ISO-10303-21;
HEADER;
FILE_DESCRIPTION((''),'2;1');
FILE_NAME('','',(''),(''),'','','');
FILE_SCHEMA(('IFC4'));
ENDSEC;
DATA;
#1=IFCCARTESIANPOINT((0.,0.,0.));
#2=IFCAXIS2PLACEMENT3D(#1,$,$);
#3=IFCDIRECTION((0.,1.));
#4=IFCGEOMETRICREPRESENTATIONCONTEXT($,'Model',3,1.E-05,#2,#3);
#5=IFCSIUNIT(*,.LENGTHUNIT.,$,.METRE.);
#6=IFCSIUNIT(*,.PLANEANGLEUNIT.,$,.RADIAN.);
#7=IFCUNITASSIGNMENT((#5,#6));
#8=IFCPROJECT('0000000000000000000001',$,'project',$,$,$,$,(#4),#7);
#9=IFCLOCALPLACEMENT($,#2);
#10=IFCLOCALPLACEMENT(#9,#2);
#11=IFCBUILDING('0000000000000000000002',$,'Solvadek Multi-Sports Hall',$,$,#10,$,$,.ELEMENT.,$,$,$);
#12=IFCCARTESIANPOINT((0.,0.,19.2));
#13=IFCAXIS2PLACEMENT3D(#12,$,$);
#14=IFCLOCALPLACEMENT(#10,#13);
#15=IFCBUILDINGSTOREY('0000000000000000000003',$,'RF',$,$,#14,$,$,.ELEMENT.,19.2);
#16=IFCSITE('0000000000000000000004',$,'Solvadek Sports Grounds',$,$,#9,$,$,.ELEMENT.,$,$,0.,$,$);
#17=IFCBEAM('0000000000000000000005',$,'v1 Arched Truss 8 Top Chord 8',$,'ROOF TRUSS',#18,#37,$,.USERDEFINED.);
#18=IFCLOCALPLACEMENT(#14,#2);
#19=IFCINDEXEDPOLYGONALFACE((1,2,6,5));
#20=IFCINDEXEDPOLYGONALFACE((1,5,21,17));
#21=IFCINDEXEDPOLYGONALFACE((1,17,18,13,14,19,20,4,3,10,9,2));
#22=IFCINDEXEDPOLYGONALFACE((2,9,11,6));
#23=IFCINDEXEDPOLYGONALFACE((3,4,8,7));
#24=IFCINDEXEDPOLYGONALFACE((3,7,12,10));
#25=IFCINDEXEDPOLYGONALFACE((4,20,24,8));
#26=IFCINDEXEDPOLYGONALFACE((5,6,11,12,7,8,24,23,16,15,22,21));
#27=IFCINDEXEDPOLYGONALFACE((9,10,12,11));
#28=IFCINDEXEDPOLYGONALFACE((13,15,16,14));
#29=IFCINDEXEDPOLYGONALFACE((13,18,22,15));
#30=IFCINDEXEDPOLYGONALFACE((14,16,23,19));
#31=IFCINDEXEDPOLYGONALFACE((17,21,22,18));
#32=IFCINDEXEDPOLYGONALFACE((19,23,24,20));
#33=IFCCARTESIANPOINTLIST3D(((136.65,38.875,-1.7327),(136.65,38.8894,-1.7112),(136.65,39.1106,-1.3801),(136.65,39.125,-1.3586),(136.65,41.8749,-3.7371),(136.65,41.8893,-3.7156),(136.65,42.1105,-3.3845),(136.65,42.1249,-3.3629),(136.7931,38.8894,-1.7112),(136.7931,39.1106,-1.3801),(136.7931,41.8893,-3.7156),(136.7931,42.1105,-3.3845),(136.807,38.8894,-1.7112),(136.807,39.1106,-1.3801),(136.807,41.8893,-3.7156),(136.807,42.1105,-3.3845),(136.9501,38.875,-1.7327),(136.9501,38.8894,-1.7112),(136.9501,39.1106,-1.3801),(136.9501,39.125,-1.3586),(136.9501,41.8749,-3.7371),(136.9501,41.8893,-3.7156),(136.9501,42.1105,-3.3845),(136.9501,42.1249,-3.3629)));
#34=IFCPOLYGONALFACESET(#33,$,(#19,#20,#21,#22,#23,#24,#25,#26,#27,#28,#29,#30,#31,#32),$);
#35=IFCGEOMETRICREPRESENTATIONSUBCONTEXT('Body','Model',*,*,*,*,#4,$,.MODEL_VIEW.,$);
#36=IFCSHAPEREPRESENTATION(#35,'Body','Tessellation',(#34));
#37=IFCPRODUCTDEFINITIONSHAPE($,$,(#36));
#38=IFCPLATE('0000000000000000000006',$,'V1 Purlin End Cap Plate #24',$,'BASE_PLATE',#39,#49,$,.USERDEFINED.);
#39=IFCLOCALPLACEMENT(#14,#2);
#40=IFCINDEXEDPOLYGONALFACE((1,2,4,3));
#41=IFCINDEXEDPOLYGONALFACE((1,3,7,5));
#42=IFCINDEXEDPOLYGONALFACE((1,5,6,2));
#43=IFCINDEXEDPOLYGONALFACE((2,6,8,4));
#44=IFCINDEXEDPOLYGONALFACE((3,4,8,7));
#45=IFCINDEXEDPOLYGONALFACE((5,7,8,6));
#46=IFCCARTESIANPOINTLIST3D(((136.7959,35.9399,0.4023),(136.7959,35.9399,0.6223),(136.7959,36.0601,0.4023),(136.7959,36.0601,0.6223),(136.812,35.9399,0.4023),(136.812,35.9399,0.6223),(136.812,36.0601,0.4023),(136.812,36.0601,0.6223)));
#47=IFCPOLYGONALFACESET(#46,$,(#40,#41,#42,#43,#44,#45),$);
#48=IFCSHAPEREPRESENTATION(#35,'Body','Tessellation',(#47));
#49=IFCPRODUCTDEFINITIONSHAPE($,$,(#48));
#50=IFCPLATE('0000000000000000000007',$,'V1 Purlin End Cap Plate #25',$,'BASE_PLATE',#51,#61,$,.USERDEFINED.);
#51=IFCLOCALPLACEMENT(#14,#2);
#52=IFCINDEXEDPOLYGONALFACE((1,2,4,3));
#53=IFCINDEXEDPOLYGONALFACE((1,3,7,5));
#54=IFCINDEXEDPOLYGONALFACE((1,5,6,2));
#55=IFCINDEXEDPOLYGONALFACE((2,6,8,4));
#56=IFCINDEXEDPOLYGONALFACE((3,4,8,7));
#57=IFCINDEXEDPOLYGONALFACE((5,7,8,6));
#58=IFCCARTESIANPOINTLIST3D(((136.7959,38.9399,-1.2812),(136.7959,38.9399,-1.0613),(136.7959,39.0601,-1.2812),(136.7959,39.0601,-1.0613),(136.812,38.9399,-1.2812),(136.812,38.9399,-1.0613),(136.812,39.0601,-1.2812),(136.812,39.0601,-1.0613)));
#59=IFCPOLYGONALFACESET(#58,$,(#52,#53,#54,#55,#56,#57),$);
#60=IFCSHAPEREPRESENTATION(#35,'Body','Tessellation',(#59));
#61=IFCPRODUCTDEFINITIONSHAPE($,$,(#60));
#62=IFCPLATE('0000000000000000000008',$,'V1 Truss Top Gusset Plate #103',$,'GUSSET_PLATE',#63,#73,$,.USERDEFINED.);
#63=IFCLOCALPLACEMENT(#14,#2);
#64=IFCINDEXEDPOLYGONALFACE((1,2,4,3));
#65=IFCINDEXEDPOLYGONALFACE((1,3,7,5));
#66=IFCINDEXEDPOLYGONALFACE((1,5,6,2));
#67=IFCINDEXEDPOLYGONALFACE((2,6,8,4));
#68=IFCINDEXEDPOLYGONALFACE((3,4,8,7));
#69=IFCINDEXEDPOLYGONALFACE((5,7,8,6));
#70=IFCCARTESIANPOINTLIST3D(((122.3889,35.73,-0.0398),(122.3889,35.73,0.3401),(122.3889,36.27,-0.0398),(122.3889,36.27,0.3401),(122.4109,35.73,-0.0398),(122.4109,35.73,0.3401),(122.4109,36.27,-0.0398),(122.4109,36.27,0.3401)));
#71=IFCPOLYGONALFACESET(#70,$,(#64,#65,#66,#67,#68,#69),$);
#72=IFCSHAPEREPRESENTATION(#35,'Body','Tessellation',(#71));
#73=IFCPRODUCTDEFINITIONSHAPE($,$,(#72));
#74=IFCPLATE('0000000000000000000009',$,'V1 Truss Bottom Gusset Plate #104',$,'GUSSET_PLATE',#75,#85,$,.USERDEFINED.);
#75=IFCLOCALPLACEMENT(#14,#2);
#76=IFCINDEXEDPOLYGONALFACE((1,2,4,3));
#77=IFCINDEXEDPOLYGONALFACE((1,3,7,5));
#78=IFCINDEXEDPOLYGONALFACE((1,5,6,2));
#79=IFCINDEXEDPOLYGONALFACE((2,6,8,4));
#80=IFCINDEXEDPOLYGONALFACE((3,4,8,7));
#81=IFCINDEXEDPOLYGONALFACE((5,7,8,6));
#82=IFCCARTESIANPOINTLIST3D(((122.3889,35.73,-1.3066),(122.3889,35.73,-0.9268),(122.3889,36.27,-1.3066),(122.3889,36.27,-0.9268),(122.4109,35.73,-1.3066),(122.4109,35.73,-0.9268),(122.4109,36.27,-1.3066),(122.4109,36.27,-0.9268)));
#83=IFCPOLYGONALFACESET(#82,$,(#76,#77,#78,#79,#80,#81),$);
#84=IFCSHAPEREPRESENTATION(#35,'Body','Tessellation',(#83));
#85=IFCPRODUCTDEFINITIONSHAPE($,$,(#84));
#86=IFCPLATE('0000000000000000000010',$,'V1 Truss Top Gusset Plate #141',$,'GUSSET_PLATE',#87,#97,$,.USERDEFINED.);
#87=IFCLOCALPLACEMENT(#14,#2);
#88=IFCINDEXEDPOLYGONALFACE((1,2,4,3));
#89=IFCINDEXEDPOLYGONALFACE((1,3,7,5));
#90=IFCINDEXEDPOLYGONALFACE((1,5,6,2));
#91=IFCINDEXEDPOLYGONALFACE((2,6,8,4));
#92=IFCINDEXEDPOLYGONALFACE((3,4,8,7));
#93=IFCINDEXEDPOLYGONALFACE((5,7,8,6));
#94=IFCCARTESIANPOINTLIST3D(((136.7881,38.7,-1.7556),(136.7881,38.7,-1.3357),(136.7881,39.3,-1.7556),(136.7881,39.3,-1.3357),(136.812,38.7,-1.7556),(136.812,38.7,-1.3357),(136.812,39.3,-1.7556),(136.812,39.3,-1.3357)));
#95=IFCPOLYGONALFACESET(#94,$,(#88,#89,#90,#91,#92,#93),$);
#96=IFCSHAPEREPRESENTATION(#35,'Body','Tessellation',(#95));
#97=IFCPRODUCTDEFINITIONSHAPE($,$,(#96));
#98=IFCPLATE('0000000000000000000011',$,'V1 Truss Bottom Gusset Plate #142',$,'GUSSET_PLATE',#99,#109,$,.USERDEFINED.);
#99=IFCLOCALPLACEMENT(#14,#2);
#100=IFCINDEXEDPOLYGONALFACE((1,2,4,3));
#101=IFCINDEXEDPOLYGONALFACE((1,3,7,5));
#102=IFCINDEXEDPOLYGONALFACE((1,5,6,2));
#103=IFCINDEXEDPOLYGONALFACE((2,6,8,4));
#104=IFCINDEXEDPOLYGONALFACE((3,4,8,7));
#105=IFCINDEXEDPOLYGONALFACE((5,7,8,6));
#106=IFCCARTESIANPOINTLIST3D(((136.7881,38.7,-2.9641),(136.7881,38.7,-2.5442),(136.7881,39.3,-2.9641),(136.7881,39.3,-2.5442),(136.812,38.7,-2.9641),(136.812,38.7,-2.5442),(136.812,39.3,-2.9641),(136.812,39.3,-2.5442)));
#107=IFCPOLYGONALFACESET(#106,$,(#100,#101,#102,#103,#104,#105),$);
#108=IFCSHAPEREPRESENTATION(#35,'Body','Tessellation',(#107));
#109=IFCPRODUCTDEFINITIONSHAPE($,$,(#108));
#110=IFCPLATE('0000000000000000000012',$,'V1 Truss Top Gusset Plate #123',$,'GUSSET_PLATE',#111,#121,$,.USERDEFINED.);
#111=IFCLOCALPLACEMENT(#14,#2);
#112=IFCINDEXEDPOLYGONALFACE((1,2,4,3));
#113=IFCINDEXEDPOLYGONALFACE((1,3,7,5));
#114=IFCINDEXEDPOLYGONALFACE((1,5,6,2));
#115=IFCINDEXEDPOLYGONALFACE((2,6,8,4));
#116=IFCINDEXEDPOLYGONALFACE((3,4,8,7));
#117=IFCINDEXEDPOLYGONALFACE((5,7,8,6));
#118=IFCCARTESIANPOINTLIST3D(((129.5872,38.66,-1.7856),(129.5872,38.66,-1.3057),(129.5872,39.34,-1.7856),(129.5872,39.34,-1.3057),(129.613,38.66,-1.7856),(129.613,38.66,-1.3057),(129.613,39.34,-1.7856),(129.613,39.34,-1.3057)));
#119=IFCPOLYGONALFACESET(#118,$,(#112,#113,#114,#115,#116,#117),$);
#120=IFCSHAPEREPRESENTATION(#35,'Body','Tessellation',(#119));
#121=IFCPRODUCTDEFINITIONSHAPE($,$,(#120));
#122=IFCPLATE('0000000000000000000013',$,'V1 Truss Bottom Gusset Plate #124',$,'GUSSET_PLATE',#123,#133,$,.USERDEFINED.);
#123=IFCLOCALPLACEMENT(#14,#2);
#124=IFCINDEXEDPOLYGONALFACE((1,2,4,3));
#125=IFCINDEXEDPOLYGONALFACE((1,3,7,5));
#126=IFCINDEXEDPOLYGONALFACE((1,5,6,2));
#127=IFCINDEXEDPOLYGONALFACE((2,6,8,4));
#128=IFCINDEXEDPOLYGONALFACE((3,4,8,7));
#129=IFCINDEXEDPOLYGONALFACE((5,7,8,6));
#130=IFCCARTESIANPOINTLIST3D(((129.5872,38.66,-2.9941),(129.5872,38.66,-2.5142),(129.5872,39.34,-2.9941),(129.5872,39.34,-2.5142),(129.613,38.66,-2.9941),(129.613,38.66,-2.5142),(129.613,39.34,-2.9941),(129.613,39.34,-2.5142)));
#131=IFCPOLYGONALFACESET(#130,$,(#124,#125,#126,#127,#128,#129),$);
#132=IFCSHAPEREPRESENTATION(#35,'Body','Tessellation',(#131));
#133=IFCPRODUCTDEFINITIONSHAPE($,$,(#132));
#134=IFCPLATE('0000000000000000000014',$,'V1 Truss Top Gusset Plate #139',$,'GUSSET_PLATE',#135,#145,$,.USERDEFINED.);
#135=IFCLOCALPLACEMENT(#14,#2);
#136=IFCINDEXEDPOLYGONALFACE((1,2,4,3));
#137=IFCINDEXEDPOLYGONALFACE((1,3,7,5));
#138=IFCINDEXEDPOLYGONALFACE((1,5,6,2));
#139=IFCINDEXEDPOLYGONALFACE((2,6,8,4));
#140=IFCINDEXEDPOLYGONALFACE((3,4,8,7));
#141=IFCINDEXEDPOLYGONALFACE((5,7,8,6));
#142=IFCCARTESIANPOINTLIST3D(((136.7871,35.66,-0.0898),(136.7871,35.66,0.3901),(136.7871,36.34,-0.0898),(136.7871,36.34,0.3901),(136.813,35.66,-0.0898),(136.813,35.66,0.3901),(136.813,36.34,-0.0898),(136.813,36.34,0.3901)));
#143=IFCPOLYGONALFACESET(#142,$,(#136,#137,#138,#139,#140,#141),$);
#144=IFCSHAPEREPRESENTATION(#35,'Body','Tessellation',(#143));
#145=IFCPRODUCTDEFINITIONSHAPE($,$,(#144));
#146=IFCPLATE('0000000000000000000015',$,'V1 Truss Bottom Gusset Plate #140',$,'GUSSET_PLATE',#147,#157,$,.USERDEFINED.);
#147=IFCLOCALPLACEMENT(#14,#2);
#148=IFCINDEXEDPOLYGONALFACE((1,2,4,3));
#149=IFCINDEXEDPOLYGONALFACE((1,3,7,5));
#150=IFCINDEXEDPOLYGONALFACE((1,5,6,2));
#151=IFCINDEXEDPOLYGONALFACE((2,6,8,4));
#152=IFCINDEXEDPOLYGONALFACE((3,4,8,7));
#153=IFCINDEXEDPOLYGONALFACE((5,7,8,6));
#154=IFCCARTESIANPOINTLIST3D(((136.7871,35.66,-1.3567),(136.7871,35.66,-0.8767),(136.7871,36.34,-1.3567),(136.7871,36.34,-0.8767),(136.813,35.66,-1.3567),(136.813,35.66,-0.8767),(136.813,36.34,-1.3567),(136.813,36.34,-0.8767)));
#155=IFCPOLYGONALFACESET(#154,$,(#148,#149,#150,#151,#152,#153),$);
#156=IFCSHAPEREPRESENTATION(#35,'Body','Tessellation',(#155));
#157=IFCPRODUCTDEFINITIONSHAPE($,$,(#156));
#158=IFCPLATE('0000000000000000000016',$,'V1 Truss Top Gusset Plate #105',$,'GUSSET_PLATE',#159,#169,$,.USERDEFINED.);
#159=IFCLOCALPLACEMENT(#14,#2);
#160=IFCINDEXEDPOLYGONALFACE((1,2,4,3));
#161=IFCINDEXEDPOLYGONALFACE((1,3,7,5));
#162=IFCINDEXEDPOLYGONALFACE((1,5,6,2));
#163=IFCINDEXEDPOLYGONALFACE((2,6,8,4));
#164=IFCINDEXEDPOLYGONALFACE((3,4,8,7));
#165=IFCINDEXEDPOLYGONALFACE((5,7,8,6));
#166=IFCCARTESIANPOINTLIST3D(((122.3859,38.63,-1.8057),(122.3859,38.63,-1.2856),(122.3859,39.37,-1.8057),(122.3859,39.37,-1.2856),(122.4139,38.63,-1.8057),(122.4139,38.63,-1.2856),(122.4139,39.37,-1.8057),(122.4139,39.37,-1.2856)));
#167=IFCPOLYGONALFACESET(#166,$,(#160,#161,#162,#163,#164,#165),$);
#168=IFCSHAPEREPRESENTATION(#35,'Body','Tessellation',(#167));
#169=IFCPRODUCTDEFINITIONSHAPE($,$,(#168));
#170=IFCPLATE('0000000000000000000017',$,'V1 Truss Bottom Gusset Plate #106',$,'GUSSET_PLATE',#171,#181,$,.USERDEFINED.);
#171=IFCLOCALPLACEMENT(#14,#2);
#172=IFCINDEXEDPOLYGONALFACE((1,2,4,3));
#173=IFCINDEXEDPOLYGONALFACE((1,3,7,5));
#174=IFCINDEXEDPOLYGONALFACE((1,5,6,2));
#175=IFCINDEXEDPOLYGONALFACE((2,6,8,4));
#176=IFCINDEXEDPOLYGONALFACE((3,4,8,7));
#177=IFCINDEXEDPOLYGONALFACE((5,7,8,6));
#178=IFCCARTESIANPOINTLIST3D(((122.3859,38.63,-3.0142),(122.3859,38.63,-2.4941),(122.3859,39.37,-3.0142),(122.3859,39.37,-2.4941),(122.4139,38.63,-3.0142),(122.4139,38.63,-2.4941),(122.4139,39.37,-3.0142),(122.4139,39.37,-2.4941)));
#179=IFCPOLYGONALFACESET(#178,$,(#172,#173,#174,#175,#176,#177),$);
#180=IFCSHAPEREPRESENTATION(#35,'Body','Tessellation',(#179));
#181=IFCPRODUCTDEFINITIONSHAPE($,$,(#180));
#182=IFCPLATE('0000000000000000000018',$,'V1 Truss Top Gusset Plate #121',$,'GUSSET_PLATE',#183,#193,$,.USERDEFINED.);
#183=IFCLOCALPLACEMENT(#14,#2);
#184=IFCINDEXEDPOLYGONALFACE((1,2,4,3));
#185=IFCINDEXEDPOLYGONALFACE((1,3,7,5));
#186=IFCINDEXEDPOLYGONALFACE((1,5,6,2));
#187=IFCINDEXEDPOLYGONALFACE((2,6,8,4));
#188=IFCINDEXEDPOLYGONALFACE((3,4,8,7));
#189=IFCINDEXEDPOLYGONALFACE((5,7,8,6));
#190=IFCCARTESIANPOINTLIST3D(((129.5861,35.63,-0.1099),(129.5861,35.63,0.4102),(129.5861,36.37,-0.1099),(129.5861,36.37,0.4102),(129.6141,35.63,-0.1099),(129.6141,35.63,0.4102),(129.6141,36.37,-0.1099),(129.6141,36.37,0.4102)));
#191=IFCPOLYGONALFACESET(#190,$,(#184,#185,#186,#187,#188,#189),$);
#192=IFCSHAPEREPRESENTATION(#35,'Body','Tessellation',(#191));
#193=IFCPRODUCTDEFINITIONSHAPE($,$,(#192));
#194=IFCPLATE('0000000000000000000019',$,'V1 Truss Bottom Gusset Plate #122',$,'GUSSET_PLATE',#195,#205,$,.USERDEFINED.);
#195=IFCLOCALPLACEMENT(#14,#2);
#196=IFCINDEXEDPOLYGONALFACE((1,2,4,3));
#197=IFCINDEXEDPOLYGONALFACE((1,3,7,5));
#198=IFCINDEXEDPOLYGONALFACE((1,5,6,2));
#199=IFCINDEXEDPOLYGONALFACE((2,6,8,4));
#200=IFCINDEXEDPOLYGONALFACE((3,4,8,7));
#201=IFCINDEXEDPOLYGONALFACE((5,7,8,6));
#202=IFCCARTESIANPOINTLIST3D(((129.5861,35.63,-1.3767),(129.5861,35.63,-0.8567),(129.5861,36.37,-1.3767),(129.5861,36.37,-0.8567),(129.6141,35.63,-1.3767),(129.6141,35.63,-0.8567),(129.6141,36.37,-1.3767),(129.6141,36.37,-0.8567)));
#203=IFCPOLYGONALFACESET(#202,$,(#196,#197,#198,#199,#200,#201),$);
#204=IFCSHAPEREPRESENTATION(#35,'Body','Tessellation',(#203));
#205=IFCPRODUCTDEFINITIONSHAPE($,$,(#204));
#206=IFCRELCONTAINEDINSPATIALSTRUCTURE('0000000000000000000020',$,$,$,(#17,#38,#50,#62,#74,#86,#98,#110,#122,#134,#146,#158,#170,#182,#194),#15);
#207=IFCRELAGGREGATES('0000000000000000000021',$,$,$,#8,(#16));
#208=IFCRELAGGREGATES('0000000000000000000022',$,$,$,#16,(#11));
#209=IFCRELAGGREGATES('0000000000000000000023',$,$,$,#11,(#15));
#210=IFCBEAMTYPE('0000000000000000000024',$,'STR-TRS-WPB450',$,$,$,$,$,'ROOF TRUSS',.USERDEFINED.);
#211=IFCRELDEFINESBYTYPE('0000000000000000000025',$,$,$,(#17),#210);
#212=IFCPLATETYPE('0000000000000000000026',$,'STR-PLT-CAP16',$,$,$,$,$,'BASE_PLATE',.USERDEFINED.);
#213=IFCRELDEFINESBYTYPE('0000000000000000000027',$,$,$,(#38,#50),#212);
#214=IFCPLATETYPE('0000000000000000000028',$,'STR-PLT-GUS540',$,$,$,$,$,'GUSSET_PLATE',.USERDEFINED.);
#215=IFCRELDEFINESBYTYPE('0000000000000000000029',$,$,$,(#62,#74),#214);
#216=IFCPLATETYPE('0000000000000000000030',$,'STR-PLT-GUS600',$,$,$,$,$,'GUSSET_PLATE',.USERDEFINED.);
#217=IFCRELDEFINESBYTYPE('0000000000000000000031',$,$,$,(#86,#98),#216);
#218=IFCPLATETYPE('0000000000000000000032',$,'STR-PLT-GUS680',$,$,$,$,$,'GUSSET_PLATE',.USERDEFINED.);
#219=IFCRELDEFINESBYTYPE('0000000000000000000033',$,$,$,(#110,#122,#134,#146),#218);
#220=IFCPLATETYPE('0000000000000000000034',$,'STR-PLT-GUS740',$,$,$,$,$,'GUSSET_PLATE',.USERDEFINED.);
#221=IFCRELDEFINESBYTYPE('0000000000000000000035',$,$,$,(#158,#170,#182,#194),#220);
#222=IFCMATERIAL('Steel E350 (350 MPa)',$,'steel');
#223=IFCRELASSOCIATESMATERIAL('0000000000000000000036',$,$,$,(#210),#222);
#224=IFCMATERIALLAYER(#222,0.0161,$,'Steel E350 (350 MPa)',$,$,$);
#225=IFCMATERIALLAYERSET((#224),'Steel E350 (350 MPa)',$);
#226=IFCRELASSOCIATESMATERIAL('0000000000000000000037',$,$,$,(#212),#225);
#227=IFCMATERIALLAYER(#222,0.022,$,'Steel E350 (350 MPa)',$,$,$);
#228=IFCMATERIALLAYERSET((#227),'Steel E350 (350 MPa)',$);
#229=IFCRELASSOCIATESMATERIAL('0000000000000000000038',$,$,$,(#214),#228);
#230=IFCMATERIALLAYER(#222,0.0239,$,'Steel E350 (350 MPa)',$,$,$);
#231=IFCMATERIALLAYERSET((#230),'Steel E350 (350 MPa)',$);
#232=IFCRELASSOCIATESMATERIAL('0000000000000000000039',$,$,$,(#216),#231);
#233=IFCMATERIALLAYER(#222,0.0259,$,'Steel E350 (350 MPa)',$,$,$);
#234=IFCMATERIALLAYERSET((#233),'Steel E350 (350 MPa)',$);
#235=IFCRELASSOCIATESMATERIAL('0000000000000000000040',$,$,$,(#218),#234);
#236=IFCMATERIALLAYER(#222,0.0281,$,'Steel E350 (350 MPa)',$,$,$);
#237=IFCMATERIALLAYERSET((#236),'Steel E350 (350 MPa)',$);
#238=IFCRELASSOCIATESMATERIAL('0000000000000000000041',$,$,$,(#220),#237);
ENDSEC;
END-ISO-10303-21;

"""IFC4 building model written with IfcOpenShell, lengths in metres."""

from ifc_helpers import new_model, si_unit, direction, frame, origin, origin_2d, place, context, subcontext, project, spatial, rectangle, i_section, extrude, material, layer, layer_set, material_profile, profile_set, type_object, element, save


model = new_model("IFC4")

# Units and contexts
model_context = context("Model", 3, precision=1e-05, world=origin(), true_north=direction((0.0, 1.0)))
body_context = subcontext(model_context, "Body", "Model", "MODEL_VIEW")
ifc_project = project(units=[si_unit("LENGTHUNIT", "METRE"), si_unit("PLANEANGLEUNIT", "RADIAN")], contexts=[model_context])

# Site, building, storey
site_placement = place(None, origin())
site = spatial("IfcSite", under=ifc_project, at=site_placement, Name="Solvadek Sports Grounds", CompositionType="ELEMENT", RefElevation=0.0)
building_placement = place(site_placement, origin())
building = spatial("IfcBuilding", under=site, at=building_placement, Name="Solvadek Multi-Sports Hall", CompositionType="ELEMENT")
storey_placement = place(building_placement, frame((0.0, 0.0, 19.2)))
storey = spatial("IfcBuildingStorey", under=building, at=storey_placement, Name="RF", CompositionType="ELEMENT", Elevation=19.2)

# Shared definitions
ifc_material_1 = material(Name="Steel E350 (350 MPa)", Category="steel")

# Beam
ifc_material_profile_1 = material_profile(ifc_material_1, i_section(OverallWidth=0.3, OverallDepth=0.45, WebThickness=0.0139, FlangeThickness=0.0259, at=origin_2d()), Name="WPB 450")
ifc_profile_set_1 = profile_set([ifc_material_profile_1], Name="Steel E350 (350 MPa)")
beam_type = type_object("IfcBeamType", Name="STR-TRS-WPB450", ElementType="ROOF TRUSS", PredefinedType="USERDEFINED", material=ifc_profile_set_1)
beam_1_placement = place(storey_placement, frame((136.8, 39.0, -1.5457), z_axis=(0.0, 0.831488, -0.555543), x_axis=(-1.0, 0.0, 0.0)))
element("IfcBeam", 1, at=beam_1_placement, inside=storey, type_object=beam_type, Name="v1 Arched Truss 8 Top Chord 8", ObjectType="ROOF TRUSS", PredefinedType="USERDEFINED", context=body_context, shape_type="SweptSolid", body=[
    extrude(i_section(OverallWidth=0.3, OverallDepth=0.45, WebThickness=0.0139, FlangeThickness=0.0259, at=origin_2d()), origin(), (0.0, 0.0, 1.0), 3.6079),
])

# Plates
ifc_layer_1 = layer(ifc_material_1, 0.0161, Name="Steel E350 (350 MPa)")
ifc_layer_set_1 = layer_set([ifc_layer_1], Name="Steel E350 (350 MPa)")
plate_type_1 = type_object("IfcPlateType", Name="STR-PLT-CAP16", ElementType="BASE_PLATE", PredefinedType="USERDEFINED", material=ifc_layer_set_1)
for number, where, z_axis, x_axis, name in (
    (2, (136.804, 36.0, 0.4023), (0.0, 0.0, 1.0), (1.0, 0.0, 0.0), "V1 Purlin End Cap Plate #24"),
    (3, (136.804, 39.0, -1.2812), (0.0, 0.0, 1.0), (1.0, 0.0, 0.0), "V1 Purlin End Cap Plate #25"),
):
    element("IfcPlate", number, at=place(storey_placement, frame(where, z_axis=z_axis, x_axis=x_axis)), inside=storey, type_object=plate_type_1, Name=name, ObjectType="BASE_PLATE", PredefinedType="USERDEFINED", context=body_context, shape_type="SweptSolid", body=[
        extrude(rectangle(XDim=0.0161, YDim=0.1201, at=origin_2d()), origin(), (0.0, 0.0, 1.0), 0.22),
    ])
ifc_layer_2 = layer(ifc_material_1, 0.022, Name="Steel E350 (350 MPa)")
ifc_layer_set_2 = layer_set([ifc_layer_2], Name="Steel E350 (350 MPa)")
plate_type_2 = type_object("IfcPlateType", Name="STR-PLT-GUS540", ElementType="GUSSET_PLATE", PredefinedType="USERDEFINED", material=ifc_layer_set_2)
for number, where, z_axis, x_axis, name in (
    (4, (122.3999, 36.0, -0.0398), (0.0, 0.0, 1.0), (0.0, 1.0, 0.0), "V1 Truss Top Gusset Plate #103"),
    (5, (122.3999, 36.0, -1.3066), (0.0, 0.0, 1.0), (0.0, 1.0, 0.0), "V1 Truss Bottom Gusset Plate #104"),
):
    element("IfcPlate", number, at=place(storey_placement, frame(where, z_axis=z_axis, x_axis=x_axis)), inside=storey, type_object=plate_type_2, Name=name, ObjectType="GUSSET_PLATE", PredefinedType="USERDEFINED", context=body_context, shape_type="SweptSolid", body=[
        extrude(rectangle(XDim=0.54, YDim=0.022, at=origin_2d()), origin(), (0.0, 0.0, 1.0), 0.3799),
    ])
ifc_layer_3 = layer(ifc_material_1, 0.0239, Name="Steel E350 (350 MPa)")
ifc_layer_set_3 = layer_set([ifc_layer_3], Name="Steel E350 (350 MPa)")
plate_type_3 = type_object("IfcPlateType", Name="STR-PLT-GUS600", ElementType="GUSSET_PLATE", PredefinedType="USERDEFINED", material=ifc_layer_set_3)
for number, where, z_axis, x_axis, name in (
    (6, (136.8, 39.0, -1.7556), (0.0, 0.0, 1.0), (0.0, 1.0, 0.0), "V1 Truss Top Gusset Plate #141"),
    (7, (136.8, 39.0, -2.9641), (0.0, 0.0, 1.0), (0.0, 1.0, 0.0), "V1 Truss Bottom Gusset Plate #142"),
):
    element("IfcPlate", number, at=place(storey_placement, frame(where, z_axis=z_axis, x_axis=x_axis)), inside=storey, type_object=plate_type_3, Name=name, ObjectType="GUSSET_PLATE", PredefinedType="USERDEFINED", context=body_context, shape_type="SweptSolid", body=[
        extrude(rectangle(XDim=0.6001, YDim=0.0239, at=origin_2d()), origin(), (0.0, 0.0, 1.0), 0.4199),
    ])
ifc_layer_4 = layer(ifc_material_1, 0.0259, Name="Steel E350 (350 MPa)")
ifc_layer_set_4 = layer_set([ifc_layer_4], Name="Steel E350 (350 MPa)")
plate_type_4 = type_object("IfcPlateType", Name="STR-PLT-GUS680", ElementType="GUSSET_PLATE", PredefinedType="USERDEFINED", material=ifc_layer_set_4)
for number, where, z_axis, x_axis, name in (
    (8, (129.6001, 39.0, -1.7856), (0.0, 0.0, 1.0), (0.0, 1.0, 0.0), "V1 Truss Top Gusset Plate #123"),
    (9, (129.6001, 39.0, -2.9941), (0.0, 0.0, 1.0), (0.0, 1.0, 0.0), "V1 Truss Bottom Gusset Plate #124"),
    (10, (136.8, 36.0, -0.0898), (0.0, 0.0, 1.0), (0.0, 1.0, 0.0), "V1 Truss Top Gusset Plate #139"),
    (11, (136.8, 36.0, -1.3567), (0.0, 0.0, 1.0), (0.0, 1.0, 0.0), "V1 Truss Bottom Gusset Plate #140"),
):
    element("IfcPlate", number, at=place(storey_placement, frame(where, z_axis=z_axis, x_axis=x_axis)), inside=storey, type_object=plate_type_4, Name=name, ObjectType="GUSSET_PLATE", PredefinedType="USERDEFINED", context=body_context, shape_type="SweptSolid", body=[
        extrude(rectangle(XDim=0.6799, YDim=0.0259, at=origin_2d()), origin(), (0.0, 0.0, 1.0), 0.48),
    ])
ifc_layer_5 = layer(ifc_material_1, 0.0281, Name="Steel E350 (350 MPa)")
ifc_layer_set_5 = layer_set([ifc_layer_5], Name="Steel E350 (350 MPa)")
plate_type_5 = type_object("IfcPlateType", Name="STR-PLT-GUS740", ElementType="GUSSET_PLATE", PredefinedType="USERDEFINED", material=ifc_layer_set_5)
for number, where, z_axis, x_axis, name in (
    (12, (122.3999, 39.0, -1.8057), (0.0, 0.0, 1.0), (0.0, 1.0, 0.0), "V1 Truss Top Gusset Plate #105"),
    (13, (122.3999, 39.0, -3.0142), (0.0, 0.0, 1.0), (0.0, 1.0, 0.0), "V1 Truss Bottom Gusset Plate #106"),
    (14, (129.6001, 36.0, -0.1099), (0.0, 0.0, 1.0), (0.0, 1.0, 0.0), "V1 Truss Top Gusset Plate #121"),
    (15, (129.6001, 36.0, -1.3767), (0.0, 0.0, 1.0), (0.0, 1.0, 0.0), "V1 Truss Bottom Gusset Plate #122"),
):
    element("IfcPlate", number, at=place(storey_placement, frame(where, z_axis=z_axis, x_axis=x_axis)), inside=storey, type_object=plate_type_5, Name=name, ObjectType="GUSSET_PLATE", PredefinedType="USERDEFINED", context=body_context, shape_type="SweptSolid", body=[
        extrude(rectangle(XDim=0.74, YDim=0.0281, at=origin_2d()), origin(), (0.0, 0.0, 1.0), 0.52),
    ])

save(model, "model.ifc")
